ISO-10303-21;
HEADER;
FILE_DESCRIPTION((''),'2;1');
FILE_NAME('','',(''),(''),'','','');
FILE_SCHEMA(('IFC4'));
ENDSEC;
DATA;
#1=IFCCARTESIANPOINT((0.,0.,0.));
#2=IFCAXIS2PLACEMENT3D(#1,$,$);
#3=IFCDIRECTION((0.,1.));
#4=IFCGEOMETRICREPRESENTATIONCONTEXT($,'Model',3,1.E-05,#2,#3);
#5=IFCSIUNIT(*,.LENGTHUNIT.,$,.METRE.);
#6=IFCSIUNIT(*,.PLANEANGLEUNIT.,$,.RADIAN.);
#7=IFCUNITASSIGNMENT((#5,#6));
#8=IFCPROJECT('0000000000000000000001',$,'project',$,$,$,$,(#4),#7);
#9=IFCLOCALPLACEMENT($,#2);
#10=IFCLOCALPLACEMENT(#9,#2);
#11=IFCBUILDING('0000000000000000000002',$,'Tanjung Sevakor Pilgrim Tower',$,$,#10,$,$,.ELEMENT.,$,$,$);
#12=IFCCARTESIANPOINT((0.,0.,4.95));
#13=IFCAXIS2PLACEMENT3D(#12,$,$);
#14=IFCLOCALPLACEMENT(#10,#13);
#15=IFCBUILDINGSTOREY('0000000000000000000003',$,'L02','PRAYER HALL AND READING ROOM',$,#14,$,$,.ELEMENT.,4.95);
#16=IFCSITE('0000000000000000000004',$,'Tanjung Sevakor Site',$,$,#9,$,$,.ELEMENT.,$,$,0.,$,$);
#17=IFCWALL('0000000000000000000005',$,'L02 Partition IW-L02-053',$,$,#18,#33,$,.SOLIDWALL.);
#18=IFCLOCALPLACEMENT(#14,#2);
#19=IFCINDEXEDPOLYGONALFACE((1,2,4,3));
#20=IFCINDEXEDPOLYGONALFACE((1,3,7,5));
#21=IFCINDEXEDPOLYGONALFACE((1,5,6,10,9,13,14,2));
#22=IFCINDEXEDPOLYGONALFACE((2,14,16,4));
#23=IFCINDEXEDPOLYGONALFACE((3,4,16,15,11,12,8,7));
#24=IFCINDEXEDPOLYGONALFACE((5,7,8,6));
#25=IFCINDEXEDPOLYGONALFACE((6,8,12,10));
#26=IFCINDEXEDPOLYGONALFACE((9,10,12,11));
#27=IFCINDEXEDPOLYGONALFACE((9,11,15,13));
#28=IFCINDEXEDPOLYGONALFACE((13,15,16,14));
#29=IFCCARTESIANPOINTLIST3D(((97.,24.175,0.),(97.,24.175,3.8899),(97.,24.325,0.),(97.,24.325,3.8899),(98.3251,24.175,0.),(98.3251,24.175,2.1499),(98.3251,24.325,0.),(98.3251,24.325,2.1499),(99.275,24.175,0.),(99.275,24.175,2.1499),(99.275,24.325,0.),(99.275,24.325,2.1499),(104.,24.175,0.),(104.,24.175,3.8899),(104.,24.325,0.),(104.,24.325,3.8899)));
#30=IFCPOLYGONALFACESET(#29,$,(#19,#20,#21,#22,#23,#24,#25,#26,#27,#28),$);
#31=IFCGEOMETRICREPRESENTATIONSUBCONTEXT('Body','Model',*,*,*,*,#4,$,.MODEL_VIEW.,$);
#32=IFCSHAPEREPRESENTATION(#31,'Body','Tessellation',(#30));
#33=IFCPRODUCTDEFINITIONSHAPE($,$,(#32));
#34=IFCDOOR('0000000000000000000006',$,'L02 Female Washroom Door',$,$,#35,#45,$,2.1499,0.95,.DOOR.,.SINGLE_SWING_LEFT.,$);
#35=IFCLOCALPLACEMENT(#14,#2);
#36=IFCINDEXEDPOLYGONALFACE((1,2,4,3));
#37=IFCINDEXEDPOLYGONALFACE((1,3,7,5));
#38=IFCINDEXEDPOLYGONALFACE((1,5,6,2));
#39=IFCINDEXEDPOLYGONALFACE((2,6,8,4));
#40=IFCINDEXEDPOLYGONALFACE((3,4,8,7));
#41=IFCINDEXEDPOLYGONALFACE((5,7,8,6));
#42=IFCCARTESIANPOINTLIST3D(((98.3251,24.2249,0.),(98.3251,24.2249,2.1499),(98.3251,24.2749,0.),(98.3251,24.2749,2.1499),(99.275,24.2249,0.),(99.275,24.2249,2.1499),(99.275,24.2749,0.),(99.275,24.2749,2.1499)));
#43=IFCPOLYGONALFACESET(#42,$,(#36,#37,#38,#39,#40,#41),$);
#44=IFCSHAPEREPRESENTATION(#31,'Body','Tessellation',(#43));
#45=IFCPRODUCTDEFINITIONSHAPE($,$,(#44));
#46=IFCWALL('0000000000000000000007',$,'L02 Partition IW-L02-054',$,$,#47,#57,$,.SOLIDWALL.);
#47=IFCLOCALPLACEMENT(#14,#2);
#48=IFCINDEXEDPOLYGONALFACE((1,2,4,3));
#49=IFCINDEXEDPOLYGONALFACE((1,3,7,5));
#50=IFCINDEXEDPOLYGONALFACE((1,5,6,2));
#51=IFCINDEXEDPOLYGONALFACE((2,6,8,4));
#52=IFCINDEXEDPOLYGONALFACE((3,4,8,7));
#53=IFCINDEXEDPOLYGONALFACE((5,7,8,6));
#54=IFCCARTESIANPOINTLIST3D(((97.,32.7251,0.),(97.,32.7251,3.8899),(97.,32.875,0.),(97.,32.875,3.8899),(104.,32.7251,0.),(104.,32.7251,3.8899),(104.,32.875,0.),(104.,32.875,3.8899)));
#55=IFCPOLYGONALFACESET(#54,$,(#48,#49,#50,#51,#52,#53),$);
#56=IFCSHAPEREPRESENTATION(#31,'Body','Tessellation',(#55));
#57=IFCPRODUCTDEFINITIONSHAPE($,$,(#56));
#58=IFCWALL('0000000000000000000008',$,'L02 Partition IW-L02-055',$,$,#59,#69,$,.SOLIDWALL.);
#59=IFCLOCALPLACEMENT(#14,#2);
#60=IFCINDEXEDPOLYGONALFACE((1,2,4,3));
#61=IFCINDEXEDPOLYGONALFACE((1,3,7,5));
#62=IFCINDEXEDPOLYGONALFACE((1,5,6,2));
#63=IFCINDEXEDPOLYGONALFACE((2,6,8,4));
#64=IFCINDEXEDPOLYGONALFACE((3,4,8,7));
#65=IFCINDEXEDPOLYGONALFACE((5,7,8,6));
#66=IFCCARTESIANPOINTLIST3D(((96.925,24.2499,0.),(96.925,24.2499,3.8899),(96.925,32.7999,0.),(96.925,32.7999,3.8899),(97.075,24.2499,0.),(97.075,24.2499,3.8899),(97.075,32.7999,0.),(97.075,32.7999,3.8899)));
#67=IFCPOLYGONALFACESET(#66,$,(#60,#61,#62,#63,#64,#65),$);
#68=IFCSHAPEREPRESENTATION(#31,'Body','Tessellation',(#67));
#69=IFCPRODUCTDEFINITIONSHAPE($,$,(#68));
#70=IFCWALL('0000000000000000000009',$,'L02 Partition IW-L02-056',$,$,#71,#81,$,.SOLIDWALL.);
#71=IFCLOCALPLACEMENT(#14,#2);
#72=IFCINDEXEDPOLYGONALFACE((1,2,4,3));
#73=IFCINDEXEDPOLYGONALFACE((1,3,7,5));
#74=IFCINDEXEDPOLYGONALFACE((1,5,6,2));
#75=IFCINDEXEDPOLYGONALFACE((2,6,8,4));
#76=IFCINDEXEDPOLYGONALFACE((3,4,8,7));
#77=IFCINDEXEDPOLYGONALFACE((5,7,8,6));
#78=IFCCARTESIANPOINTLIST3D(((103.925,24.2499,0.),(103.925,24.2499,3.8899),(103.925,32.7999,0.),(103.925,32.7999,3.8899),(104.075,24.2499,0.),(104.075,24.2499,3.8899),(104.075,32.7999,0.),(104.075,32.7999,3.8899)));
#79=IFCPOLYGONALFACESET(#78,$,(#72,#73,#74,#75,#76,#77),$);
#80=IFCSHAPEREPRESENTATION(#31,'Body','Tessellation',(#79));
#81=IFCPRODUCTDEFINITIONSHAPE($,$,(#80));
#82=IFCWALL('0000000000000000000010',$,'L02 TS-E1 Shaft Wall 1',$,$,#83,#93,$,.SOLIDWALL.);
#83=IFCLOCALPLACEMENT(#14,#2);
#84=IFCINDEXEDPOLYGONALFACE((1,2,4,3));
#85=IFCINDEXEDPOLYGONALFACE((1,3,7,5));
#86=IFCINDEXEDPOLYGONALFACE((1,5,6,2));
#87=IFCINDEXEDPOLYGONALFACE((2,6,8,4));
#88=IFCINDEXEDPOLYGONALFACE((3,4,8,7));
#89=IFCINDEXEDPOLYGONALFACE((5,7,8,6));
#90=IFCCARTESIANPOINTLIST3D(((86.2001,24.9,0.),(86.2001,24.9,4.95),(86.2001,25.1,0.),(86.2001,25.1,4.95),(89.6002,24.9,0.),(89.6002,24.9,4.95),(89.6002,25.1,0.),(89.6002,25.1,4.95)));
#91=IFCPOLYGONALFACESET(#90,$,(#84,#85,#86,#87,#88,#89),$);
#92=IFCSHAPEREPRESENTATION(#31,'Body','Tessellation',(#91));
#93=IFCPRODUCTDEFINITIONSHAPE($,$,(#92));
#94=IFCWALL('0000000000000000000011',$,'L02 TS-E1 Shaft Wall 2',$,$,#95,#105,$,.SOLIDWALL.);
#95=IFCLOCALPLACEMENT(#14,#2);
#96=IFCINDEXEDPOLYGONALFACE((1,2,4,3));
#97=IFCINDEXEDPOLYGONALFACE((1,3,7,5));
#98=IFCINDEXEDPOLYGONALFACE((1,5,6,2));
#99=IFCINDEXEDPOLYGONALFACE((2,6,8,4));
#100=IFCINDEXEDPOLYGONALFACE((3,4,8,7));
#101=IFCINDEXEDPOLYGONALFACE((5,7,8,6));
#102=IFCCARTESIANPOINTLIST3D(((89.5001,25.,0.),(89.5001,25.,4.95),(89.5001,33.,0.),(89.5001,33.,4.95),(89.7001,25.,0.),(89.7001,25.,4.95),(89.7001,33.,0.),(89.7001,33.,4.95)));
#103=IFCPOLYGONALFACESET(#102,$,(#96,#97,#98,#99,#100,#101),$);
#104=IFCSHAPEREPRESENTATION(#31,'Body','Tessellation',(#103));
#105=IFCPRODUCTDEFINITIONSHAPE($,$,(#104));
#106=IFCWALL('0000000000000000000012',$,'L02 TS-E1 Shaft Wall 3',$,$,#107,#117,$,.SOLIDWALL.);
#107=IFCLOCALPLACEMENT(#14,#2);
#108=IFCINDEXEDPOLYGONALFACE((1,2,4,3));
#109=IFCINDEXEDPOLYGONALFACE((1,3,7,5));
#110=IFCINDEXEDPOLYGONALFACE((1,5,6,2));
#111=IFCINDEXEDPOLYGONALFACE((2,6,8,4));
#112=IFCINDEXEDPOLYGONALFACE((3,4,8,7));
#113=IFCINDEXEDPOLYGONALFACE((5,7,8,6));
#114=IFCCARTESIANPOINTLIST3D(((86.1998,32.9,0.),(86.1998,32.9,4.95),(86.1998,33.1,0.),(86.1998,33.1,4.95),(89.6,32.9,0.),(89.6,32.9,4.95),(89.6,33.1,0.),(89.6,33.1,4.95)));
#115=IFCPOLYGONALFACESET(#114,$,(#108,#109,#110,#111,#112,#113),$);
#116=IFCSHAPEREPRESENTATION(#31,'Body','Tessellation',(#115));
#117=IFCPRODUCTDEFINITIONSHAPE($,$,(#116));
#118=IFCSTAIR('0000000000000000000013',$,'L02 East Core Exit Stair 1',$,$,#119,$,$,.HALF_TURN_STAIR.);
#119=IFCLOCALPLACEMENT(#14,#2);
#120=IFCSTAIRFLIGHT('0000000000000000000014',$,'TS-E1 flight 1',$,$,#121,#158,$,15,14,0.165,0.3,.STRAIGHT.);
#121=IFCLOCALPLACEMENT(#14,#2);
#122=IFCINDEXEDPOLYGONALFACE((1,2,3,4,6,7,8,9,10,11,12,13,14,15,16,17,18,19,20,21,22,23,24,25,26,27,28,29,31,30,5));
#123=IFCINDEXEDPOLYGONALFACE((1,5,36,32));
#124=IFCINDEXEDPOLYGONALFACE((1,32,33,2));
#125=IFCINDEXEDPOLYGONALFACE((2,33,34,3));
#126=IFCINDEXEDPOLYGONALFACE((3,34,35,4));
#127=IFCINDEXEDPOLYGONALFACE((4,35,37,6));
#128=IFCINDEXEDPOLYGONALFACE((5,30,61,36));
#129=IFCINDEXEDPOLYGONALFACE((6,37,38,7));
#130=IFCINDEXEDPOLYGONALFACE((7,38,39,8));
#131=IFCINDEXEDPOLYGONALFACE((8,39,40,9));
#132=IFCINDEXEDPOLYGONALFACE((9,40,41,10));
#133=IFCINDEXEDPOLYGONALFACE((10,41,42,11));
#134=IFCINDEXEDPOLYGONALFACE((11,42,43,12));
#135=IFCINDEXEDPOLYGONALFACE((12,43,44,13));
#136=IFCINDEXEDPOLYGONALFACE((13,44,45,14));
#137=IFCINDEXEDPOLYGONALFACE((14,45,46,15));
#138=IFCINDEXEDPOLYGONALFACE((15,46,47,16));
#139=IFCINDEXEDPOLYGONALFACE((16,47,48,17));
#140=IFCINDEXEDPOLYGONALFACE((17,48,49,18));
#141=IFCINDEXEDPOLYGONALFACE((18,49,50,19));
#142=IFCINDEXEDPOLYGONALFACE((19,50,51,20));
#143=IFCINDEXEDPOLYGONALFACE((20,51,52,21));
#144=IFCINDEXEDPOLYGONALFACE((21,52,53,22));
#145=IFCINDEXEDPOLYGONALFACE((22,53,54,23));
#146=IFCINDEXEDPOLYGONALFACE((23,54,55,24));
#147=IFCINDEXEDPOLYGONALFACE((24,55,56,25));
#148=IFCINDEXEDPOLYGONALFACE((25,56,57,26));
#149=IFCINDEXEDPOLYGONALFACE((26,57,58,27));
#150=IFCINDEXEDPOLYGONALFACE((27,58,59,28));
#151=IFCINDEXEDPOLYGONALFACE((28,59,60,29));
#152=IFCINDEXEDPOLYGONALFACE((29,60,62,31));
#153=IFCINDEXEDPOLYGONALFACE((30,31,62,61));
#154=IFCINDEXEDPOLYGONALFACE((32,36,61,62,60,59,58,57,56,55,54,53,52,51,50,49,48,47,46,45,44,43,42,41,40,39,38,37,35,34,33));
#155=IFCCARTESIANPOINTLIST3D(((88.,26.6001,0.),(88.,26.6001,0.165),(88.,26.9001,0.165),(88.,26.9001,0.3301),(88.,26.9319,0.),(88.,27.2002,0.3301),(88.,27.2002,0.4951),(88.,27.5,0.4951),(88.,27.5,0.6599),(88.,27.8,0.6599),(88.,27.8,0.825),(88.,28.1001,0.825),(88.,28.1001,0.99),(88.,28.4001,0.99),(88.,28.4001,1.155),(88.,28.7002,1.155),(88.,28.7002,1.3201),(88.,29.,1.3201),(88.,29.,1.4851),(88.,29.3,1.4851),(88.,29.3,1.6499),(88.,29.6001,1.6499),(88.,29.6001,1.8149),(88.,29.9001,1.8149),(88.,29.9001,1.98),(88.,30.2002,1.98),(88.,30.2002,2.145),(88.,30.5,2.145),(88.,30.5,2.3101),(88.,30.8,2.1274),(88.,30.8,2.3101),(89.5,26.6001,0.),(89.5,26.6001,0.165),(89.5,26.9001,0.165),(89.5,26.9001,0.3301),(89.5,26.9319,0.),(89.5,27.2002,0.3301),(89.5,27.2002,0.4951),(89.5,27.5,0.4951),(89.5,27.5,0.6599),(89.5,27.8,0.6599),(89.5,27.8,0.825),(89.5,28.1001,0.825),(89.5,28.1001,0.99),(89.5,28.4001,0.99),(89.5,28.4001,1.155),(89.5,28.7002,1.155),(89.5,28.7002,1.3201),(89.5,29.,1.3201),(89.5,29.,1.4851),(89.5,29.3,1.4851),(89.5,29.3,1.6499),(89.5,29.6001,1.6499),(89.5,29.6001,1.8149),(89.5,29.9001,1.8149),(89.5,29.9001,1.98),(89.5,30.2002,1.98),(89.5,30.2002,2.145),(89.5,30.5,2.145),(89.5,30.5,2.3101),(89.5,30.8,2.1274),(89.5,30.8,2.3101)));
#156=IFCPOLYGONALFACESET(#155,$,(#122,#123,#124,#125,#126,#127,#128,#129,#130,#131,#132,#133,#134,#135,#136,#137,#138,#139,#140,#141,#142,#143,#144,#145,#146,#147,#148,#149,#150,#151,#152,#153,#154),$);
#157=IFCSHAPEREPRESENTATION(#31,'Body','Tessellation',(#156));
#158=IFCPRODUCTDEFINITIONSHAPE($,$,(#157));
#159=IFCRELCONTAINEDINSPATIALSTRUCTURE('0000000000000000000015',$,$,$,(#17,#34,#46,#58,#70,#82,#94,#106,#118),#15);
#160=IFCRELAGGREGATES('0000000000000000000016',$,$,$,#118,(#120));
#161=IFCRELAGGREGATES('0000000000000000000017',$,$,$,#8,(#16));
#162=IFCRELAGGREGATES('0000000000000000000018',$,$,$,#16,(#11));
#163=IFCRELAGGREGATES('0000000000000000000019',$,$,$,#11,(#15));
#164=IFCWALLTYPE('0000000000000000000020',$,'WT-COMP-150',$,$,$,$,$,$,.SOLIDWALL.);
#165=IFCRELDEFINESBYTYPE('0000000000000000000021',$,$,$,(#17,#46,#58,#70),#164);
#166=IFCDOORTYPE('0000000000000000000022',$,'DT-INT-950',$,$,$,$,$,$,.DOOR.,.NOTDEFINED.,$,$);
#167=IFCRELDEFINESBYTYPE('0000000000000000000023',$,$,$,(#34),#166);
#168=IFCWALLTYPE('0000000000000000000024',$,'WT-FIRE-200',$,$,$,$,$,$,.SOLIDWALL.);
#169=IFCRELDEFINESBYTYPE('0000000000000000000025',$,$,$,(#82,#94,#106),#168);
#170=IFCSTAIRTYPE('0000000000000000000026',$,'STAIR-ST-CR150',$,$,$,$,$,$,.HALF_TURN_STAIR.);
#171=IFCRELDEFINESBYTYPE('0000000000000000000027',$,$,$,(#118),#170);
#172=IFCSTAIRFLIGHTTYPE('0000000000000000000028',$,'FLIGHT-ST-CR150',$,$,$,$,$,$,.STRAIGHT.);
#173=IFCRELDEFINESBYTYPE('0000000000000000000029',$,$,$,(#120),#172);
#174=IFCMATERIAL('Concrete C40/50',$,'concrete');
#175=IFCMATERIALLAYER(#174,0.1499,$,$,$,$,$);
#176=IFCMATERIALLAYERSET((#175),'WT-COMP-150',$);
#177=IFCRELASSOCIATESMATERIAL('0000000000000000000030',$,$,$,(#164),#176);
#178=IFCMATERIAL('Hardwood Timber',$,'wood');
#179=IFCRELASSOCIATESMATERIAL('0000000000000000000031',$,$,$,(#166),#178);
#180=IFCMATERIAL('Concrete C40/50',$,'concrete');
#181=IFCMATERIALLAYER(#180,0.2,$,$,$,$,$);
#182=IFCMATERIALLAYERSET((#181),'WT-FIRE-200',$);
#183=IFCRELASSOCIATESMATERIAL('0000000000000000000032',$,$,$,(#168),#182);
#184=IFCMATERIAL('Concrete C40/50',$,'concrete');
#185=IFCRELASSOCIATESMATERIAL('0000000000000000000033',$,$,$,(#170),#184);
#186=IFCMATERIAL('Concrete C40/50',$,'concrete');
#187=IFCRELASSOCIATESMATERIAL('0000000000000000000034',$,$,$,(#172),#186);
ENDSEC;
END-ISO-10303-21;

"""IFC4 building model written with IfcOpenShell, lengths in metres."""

from ifc_helpers import new_model, si_unit, direction, frame, frame_2d, origin, place, context, subcontext, project, spatial, polyline, rectangle, outline, extrude, material, layer, layer_set, type_object, element, fill, aggregate, save


model = new_model("IFC4")

# Units and contexts
model_context = context("Model", 3, precision=1e-05, world=origin(), true_north=direction((0.0, 1.0)))
body_context = subcontext(model_context, "Body", "Model", "MODEL_VIEW")
ifc_project = project(units=[si_unit("LENGTHUNIT", "METRE"), si_unit("PLANEANGLEUNIT", "RADIAN")], contexts=[model_context])

# Site, building, storey
site_placement = place(None, origin())
site = spatial("IfcSite", under=ifc_project, at=site_placement, Name="Tanjung Sevakor Site", CompositionType="ELEMENT", RefElevation=0.0)
building_placement = place(site_placement, origin())
building = spatial("IfcBuilding", under=site, at=building_placement, Name="Tanjung Sevakor Pilgrim Tower", CompositionType="ELEMENT")
storey_placement = place(building_placement, frame((0.0, 0.0, 4.95)))
storey = spatial("IfcBuildingStorey", under=building, at=storey_placement, Name="L02", Description="PRAYER HALL AND READING ROOM", CompositionType="ELEMENT", Elevation=4.95)

# Shared definitions
ifc_material_1 = material(Name="Concrete C40/50", Category="concrete")
ifc_layer_1 = layer(ifc_material_1, 0.1499)
ifc_layer_set_1 = layer_set([ifc_layer_1], Name="WT-COMP-150")
wall_type_1 = type_object("IfcWallType", Name="WT-COMP-150", PredefinedType="SOLIDWALL", material=ifc_layer_set_1)
ifc_material_2 = material(Name="Hardwood Timber", Category="wood")
door_type_1 = type_object("IfcDoorType", Name="DT-INT-950", OperationType="NOTDEFINED", PredefinedType="DOOR", material=ifc_material_2)

# Wall, opening, door
wall_1_placement = place(storey_placement, frame((97.0, 24.25, 0.0), z_axis=(0.0, 0.0, 1.0), x_axis=(1.0, 0.0, 0.0)))
wall_1 = element("IfcWall", 1, at=wall_1_placement, inside=storey, type_object=wall_type_1, Name="L02 Partition IW-L02-053", PredefinedType="SOLIDWALL", context=body_context, shape_type="SweptSolid", body=[
    extrude(rectangle(XDim=7.0, YDim=0.1499, at=frame_2d((3.5, 0.0))), origin(), (0.0, 0.0, 1.0), 3.8899),
])
opening_1_placement = place(wall_1_placement, frame((1.325, 0.0, 0.0)))
opening_1 = element("IfcOpeningElement", 2, at=opening_1_placement, cuts=wall_1, PredefinedType="OPENING", context=body_context, shape_type="SweptSolid", body=[
    extrude(rectangle(XDim=0.95, YDim=2.1499, at=frame_2d((0.4751, 1.075))), frame((0.0, 0.085, 0.0), z_axis=(0.0, -1.0, 0.0), x_axis=(1.0, 0.0, 0.0)), (0.0, 0.0, 1.0), 0.1699),
])
door_1_placement = place(opening_1_placement, origin())
door_1 = element("IfcDoor", 3, at=door_1_placement, inside=storey, type_object=door_type_1, Name="L02 Female Washroom Door", OperationType="SINGLE_SWING_LEFT", OverallHeight=2.1499, OverallWidth=0.95, PredefinedType="DOOR", context=body_context, shape_type="SweptSolid", body=[
    extrude(rectangle(XDim=0.95, YDim=2.1499, at=frame_2d((0.4751, 1.075))), frame((0.0, 0.0249, 0.0), z_axis=(0.0, -1.0, 0.0), x_axis=(1.0, 0.0, 0.0)), (0.0, 0.0, 1.0), 0.05),
])
fill(opening_1, door_1)

# Walls
wall_2_placement = place(storey_placement, frame((97.0, 32.8, 0.0), z_axis=(0.0, 0.0, 1.0), x_axis=(1.0, 0.0, 0.0)))
element("IfcWall", 4, at=wall_2_placement, inside=storey, type_object=wall_type_1, Name="L02 Partition IW-L02-054", PredefinedType="SOLIDWALL", context=body_context, shape_type="SweptSolid", body=[
    extrude(rectangle(XDim=7.0, YDim=0.1499, at=frame_2d((3.5, 0.0))), origin(), (0.0, 0.0, 1.0), 3.8899),
])
for number, where, z_axis, x_axis, name in (
    (5, (97.0, 24.25, 0.0), (0.0, 0.0, 1.0), (0.0, 1.0, 0.0), "L02 Partition IW-L02-055"),
    (6, (104.0, 24.25, 0.0), (0.0, 0.0, 1.0), (0.0, 1.0, 0.0), "L02 Partition IW-L02-056"),
):
    element("IfcWall", number, at=place(storey_placement, frame(where, z_axis=z_axis, x_axis=x_axis)), inside=storey, type_object=wall_type_1, Name=name, PredefinedType="SOLIDWALL", context=body_context, shape_type="SweptSolid", body=[
        extrude(rectangle(XDim=8.55, YDim=0.1499, at=frame_2d((4.2749, 0.0))), origin(), (0.0, 0.0, 1.0), 3.8899),
    ])
ifc_material_3 = material(Name="Concrete C40/50", Category="concrete")
ifc_layer_2 = layer(ifc_material_3, 0.2)
ifc_layer_set_2 = layer_set([ifc_layer_2], Name="WT-FIRE-200")
wall_type_2 = type_object("IfcWallType", Name="WT-FIRE-200", PredefinedType="SOLIDWALL", material=ifc_layer_set_2)
wall_3_placement = place(storey_placement, frame((86.2, 25.0, 0.0), z_axis=(0.0, 0.0, 1.0), x_axis=(1.0, 0.0, 0.0)))
element("IfcWall", 7, at=wall_3_placement, inside=storey, type_object=wall_type_2, Name="L02 TS-E1 Shaft Wall 1", PredefinedType="SOLIDWALL", context=body_context, shape_type="SweptSolid", body=[
    extrude(rectangle(XDim=3.4001, YDim=0.2, at=frame_2d((1.7002, 0.0))), origin(), (0.0, 0.0, 1.0), 4.95),
])
wall_4_placement = place(storey_placement, frame((89.6001, 25.0, 0.0), z_axis=(0.0, 0.0, 1.0), x_axis=(0.0, 1.0, 0.0)))
element("IfcWall", 8, at=wall_4_placement, inside=storey, type_object=wall_type_2, Name="L02 TS-E1 Shaft Wall 2", PredefinedType="SOLIDWALL", context=body_context, shape_type="SweptSolid", body=[
    extrude(rectangle(XDim=8.0, YDim=0.2, at=frame_2d((4.0, 0.0))), origin(), (0.0, 0.0, 1.0), 4.95),
])
wall_5_placement = place(storey_placement, frame((89.6001, 33.0, 0.0), z_axis=(0.0, 0.0, 1.0), x_axis=(-1.0, 0.0, 0.0)))
element("IfcWall", 9, at=wall_5_placement, inside=storey, type_object=wall_type_2, Name="L02 TS-E1 Shaft Wall 3", PredefinedType="SOLIDWALL", context=body_context, shape_type="SweptSolid", body=[
    extrude(rectangle(XDim=3.4001, YDim=0.2, at=frame_2d((1.7002, 0.0))), origin(), (0.0, 0.0, 1.0), 4.95),
])

# Stair, stair flight
ifc_material_4 = material(Name="Concrete C40/50", Category="concrete")
stair_type = type_object("IfcStairType", Name="STAIR-ST-CR150", PredefinedType="HALF_TURN_STAIR", material=ifc_material_4)
stair_placement = place(storey_placement, origin())
stair = element("IfcStair", 10, at=stair_placement, inside=storey, type_object=stair_type, Name="L02 East Core Exit Stair 1", PredefinedType="HALF_TURN_STAIR")
ifc_material_5 = material(Name="Concrete C40/50", Category="concrete")
stair_flight_type = type_object("IfcStairFlightType", Name="FLIGHT-ST-CR150", PredefinedType="STRAIGHT", material=ifc_material_5)
stair_flight_1_placement = place(storey_placement, frame((88.75, 26.6001, 0.0), z_axis=(0.0, 0.0, 1.0), x_axis=(0.0, 1.0, 0.0)))
stair_flight_1 = element("IfcStairFlight", 11, at=stair_flight_1_placement, type_object=stair_flight_type, Name="TS-E1 flight 1", NumberOfRisers=15, NumberOfTreads=14, PredefinedType="STRAIGHT", RiserHeight=0.165, TreadLength=0.3, context=body_context, shape_type="SweptSolid", body=[
    extrude(outline(polyline([(0.0, 0.0), (0.0, 0.165), (0.3, 0.165), (0.3, 0.3301), (0.6001, 0.3301), (0.6001, 0.4951), (0.8999, 0.4951), (0.8999, 0.6599), (1.2, 0.6599), (1.2, 0.825), (1.5, 0.825), (1.5, 0.99), (1.8, 0.99), (1.8, 1.155), (2.1001, 1.155), (2.1001, 1.3201), (2.3999, 1.3201), (2.3999, 1.4851), (2.7, 1.4851), (2.7, 1.6499), (3.0, 1.6499), (3.0, 1.8149), (3.3, 1.8149), (3.3, 1.98), (3.6001, 1.98), (3.6001, 2.145), (3.8999, 2.145), (3.8999, 2.3101), (4.2, 2.3101), (4.2, 2.4751), (4.2, 2.1274), (0.3318, 0.0), (0.0, 0.0)])), frame((0.0, 0.75, 0.0), z_axis=(0.0, -1.0, 0.0), x_axis=(1.0, 0.0, 0.0)), (0.0, 0.0, 1.0), 1.5),
])
aggregate(stair, [stair_flight_1])

save(model, "model.ifc")
